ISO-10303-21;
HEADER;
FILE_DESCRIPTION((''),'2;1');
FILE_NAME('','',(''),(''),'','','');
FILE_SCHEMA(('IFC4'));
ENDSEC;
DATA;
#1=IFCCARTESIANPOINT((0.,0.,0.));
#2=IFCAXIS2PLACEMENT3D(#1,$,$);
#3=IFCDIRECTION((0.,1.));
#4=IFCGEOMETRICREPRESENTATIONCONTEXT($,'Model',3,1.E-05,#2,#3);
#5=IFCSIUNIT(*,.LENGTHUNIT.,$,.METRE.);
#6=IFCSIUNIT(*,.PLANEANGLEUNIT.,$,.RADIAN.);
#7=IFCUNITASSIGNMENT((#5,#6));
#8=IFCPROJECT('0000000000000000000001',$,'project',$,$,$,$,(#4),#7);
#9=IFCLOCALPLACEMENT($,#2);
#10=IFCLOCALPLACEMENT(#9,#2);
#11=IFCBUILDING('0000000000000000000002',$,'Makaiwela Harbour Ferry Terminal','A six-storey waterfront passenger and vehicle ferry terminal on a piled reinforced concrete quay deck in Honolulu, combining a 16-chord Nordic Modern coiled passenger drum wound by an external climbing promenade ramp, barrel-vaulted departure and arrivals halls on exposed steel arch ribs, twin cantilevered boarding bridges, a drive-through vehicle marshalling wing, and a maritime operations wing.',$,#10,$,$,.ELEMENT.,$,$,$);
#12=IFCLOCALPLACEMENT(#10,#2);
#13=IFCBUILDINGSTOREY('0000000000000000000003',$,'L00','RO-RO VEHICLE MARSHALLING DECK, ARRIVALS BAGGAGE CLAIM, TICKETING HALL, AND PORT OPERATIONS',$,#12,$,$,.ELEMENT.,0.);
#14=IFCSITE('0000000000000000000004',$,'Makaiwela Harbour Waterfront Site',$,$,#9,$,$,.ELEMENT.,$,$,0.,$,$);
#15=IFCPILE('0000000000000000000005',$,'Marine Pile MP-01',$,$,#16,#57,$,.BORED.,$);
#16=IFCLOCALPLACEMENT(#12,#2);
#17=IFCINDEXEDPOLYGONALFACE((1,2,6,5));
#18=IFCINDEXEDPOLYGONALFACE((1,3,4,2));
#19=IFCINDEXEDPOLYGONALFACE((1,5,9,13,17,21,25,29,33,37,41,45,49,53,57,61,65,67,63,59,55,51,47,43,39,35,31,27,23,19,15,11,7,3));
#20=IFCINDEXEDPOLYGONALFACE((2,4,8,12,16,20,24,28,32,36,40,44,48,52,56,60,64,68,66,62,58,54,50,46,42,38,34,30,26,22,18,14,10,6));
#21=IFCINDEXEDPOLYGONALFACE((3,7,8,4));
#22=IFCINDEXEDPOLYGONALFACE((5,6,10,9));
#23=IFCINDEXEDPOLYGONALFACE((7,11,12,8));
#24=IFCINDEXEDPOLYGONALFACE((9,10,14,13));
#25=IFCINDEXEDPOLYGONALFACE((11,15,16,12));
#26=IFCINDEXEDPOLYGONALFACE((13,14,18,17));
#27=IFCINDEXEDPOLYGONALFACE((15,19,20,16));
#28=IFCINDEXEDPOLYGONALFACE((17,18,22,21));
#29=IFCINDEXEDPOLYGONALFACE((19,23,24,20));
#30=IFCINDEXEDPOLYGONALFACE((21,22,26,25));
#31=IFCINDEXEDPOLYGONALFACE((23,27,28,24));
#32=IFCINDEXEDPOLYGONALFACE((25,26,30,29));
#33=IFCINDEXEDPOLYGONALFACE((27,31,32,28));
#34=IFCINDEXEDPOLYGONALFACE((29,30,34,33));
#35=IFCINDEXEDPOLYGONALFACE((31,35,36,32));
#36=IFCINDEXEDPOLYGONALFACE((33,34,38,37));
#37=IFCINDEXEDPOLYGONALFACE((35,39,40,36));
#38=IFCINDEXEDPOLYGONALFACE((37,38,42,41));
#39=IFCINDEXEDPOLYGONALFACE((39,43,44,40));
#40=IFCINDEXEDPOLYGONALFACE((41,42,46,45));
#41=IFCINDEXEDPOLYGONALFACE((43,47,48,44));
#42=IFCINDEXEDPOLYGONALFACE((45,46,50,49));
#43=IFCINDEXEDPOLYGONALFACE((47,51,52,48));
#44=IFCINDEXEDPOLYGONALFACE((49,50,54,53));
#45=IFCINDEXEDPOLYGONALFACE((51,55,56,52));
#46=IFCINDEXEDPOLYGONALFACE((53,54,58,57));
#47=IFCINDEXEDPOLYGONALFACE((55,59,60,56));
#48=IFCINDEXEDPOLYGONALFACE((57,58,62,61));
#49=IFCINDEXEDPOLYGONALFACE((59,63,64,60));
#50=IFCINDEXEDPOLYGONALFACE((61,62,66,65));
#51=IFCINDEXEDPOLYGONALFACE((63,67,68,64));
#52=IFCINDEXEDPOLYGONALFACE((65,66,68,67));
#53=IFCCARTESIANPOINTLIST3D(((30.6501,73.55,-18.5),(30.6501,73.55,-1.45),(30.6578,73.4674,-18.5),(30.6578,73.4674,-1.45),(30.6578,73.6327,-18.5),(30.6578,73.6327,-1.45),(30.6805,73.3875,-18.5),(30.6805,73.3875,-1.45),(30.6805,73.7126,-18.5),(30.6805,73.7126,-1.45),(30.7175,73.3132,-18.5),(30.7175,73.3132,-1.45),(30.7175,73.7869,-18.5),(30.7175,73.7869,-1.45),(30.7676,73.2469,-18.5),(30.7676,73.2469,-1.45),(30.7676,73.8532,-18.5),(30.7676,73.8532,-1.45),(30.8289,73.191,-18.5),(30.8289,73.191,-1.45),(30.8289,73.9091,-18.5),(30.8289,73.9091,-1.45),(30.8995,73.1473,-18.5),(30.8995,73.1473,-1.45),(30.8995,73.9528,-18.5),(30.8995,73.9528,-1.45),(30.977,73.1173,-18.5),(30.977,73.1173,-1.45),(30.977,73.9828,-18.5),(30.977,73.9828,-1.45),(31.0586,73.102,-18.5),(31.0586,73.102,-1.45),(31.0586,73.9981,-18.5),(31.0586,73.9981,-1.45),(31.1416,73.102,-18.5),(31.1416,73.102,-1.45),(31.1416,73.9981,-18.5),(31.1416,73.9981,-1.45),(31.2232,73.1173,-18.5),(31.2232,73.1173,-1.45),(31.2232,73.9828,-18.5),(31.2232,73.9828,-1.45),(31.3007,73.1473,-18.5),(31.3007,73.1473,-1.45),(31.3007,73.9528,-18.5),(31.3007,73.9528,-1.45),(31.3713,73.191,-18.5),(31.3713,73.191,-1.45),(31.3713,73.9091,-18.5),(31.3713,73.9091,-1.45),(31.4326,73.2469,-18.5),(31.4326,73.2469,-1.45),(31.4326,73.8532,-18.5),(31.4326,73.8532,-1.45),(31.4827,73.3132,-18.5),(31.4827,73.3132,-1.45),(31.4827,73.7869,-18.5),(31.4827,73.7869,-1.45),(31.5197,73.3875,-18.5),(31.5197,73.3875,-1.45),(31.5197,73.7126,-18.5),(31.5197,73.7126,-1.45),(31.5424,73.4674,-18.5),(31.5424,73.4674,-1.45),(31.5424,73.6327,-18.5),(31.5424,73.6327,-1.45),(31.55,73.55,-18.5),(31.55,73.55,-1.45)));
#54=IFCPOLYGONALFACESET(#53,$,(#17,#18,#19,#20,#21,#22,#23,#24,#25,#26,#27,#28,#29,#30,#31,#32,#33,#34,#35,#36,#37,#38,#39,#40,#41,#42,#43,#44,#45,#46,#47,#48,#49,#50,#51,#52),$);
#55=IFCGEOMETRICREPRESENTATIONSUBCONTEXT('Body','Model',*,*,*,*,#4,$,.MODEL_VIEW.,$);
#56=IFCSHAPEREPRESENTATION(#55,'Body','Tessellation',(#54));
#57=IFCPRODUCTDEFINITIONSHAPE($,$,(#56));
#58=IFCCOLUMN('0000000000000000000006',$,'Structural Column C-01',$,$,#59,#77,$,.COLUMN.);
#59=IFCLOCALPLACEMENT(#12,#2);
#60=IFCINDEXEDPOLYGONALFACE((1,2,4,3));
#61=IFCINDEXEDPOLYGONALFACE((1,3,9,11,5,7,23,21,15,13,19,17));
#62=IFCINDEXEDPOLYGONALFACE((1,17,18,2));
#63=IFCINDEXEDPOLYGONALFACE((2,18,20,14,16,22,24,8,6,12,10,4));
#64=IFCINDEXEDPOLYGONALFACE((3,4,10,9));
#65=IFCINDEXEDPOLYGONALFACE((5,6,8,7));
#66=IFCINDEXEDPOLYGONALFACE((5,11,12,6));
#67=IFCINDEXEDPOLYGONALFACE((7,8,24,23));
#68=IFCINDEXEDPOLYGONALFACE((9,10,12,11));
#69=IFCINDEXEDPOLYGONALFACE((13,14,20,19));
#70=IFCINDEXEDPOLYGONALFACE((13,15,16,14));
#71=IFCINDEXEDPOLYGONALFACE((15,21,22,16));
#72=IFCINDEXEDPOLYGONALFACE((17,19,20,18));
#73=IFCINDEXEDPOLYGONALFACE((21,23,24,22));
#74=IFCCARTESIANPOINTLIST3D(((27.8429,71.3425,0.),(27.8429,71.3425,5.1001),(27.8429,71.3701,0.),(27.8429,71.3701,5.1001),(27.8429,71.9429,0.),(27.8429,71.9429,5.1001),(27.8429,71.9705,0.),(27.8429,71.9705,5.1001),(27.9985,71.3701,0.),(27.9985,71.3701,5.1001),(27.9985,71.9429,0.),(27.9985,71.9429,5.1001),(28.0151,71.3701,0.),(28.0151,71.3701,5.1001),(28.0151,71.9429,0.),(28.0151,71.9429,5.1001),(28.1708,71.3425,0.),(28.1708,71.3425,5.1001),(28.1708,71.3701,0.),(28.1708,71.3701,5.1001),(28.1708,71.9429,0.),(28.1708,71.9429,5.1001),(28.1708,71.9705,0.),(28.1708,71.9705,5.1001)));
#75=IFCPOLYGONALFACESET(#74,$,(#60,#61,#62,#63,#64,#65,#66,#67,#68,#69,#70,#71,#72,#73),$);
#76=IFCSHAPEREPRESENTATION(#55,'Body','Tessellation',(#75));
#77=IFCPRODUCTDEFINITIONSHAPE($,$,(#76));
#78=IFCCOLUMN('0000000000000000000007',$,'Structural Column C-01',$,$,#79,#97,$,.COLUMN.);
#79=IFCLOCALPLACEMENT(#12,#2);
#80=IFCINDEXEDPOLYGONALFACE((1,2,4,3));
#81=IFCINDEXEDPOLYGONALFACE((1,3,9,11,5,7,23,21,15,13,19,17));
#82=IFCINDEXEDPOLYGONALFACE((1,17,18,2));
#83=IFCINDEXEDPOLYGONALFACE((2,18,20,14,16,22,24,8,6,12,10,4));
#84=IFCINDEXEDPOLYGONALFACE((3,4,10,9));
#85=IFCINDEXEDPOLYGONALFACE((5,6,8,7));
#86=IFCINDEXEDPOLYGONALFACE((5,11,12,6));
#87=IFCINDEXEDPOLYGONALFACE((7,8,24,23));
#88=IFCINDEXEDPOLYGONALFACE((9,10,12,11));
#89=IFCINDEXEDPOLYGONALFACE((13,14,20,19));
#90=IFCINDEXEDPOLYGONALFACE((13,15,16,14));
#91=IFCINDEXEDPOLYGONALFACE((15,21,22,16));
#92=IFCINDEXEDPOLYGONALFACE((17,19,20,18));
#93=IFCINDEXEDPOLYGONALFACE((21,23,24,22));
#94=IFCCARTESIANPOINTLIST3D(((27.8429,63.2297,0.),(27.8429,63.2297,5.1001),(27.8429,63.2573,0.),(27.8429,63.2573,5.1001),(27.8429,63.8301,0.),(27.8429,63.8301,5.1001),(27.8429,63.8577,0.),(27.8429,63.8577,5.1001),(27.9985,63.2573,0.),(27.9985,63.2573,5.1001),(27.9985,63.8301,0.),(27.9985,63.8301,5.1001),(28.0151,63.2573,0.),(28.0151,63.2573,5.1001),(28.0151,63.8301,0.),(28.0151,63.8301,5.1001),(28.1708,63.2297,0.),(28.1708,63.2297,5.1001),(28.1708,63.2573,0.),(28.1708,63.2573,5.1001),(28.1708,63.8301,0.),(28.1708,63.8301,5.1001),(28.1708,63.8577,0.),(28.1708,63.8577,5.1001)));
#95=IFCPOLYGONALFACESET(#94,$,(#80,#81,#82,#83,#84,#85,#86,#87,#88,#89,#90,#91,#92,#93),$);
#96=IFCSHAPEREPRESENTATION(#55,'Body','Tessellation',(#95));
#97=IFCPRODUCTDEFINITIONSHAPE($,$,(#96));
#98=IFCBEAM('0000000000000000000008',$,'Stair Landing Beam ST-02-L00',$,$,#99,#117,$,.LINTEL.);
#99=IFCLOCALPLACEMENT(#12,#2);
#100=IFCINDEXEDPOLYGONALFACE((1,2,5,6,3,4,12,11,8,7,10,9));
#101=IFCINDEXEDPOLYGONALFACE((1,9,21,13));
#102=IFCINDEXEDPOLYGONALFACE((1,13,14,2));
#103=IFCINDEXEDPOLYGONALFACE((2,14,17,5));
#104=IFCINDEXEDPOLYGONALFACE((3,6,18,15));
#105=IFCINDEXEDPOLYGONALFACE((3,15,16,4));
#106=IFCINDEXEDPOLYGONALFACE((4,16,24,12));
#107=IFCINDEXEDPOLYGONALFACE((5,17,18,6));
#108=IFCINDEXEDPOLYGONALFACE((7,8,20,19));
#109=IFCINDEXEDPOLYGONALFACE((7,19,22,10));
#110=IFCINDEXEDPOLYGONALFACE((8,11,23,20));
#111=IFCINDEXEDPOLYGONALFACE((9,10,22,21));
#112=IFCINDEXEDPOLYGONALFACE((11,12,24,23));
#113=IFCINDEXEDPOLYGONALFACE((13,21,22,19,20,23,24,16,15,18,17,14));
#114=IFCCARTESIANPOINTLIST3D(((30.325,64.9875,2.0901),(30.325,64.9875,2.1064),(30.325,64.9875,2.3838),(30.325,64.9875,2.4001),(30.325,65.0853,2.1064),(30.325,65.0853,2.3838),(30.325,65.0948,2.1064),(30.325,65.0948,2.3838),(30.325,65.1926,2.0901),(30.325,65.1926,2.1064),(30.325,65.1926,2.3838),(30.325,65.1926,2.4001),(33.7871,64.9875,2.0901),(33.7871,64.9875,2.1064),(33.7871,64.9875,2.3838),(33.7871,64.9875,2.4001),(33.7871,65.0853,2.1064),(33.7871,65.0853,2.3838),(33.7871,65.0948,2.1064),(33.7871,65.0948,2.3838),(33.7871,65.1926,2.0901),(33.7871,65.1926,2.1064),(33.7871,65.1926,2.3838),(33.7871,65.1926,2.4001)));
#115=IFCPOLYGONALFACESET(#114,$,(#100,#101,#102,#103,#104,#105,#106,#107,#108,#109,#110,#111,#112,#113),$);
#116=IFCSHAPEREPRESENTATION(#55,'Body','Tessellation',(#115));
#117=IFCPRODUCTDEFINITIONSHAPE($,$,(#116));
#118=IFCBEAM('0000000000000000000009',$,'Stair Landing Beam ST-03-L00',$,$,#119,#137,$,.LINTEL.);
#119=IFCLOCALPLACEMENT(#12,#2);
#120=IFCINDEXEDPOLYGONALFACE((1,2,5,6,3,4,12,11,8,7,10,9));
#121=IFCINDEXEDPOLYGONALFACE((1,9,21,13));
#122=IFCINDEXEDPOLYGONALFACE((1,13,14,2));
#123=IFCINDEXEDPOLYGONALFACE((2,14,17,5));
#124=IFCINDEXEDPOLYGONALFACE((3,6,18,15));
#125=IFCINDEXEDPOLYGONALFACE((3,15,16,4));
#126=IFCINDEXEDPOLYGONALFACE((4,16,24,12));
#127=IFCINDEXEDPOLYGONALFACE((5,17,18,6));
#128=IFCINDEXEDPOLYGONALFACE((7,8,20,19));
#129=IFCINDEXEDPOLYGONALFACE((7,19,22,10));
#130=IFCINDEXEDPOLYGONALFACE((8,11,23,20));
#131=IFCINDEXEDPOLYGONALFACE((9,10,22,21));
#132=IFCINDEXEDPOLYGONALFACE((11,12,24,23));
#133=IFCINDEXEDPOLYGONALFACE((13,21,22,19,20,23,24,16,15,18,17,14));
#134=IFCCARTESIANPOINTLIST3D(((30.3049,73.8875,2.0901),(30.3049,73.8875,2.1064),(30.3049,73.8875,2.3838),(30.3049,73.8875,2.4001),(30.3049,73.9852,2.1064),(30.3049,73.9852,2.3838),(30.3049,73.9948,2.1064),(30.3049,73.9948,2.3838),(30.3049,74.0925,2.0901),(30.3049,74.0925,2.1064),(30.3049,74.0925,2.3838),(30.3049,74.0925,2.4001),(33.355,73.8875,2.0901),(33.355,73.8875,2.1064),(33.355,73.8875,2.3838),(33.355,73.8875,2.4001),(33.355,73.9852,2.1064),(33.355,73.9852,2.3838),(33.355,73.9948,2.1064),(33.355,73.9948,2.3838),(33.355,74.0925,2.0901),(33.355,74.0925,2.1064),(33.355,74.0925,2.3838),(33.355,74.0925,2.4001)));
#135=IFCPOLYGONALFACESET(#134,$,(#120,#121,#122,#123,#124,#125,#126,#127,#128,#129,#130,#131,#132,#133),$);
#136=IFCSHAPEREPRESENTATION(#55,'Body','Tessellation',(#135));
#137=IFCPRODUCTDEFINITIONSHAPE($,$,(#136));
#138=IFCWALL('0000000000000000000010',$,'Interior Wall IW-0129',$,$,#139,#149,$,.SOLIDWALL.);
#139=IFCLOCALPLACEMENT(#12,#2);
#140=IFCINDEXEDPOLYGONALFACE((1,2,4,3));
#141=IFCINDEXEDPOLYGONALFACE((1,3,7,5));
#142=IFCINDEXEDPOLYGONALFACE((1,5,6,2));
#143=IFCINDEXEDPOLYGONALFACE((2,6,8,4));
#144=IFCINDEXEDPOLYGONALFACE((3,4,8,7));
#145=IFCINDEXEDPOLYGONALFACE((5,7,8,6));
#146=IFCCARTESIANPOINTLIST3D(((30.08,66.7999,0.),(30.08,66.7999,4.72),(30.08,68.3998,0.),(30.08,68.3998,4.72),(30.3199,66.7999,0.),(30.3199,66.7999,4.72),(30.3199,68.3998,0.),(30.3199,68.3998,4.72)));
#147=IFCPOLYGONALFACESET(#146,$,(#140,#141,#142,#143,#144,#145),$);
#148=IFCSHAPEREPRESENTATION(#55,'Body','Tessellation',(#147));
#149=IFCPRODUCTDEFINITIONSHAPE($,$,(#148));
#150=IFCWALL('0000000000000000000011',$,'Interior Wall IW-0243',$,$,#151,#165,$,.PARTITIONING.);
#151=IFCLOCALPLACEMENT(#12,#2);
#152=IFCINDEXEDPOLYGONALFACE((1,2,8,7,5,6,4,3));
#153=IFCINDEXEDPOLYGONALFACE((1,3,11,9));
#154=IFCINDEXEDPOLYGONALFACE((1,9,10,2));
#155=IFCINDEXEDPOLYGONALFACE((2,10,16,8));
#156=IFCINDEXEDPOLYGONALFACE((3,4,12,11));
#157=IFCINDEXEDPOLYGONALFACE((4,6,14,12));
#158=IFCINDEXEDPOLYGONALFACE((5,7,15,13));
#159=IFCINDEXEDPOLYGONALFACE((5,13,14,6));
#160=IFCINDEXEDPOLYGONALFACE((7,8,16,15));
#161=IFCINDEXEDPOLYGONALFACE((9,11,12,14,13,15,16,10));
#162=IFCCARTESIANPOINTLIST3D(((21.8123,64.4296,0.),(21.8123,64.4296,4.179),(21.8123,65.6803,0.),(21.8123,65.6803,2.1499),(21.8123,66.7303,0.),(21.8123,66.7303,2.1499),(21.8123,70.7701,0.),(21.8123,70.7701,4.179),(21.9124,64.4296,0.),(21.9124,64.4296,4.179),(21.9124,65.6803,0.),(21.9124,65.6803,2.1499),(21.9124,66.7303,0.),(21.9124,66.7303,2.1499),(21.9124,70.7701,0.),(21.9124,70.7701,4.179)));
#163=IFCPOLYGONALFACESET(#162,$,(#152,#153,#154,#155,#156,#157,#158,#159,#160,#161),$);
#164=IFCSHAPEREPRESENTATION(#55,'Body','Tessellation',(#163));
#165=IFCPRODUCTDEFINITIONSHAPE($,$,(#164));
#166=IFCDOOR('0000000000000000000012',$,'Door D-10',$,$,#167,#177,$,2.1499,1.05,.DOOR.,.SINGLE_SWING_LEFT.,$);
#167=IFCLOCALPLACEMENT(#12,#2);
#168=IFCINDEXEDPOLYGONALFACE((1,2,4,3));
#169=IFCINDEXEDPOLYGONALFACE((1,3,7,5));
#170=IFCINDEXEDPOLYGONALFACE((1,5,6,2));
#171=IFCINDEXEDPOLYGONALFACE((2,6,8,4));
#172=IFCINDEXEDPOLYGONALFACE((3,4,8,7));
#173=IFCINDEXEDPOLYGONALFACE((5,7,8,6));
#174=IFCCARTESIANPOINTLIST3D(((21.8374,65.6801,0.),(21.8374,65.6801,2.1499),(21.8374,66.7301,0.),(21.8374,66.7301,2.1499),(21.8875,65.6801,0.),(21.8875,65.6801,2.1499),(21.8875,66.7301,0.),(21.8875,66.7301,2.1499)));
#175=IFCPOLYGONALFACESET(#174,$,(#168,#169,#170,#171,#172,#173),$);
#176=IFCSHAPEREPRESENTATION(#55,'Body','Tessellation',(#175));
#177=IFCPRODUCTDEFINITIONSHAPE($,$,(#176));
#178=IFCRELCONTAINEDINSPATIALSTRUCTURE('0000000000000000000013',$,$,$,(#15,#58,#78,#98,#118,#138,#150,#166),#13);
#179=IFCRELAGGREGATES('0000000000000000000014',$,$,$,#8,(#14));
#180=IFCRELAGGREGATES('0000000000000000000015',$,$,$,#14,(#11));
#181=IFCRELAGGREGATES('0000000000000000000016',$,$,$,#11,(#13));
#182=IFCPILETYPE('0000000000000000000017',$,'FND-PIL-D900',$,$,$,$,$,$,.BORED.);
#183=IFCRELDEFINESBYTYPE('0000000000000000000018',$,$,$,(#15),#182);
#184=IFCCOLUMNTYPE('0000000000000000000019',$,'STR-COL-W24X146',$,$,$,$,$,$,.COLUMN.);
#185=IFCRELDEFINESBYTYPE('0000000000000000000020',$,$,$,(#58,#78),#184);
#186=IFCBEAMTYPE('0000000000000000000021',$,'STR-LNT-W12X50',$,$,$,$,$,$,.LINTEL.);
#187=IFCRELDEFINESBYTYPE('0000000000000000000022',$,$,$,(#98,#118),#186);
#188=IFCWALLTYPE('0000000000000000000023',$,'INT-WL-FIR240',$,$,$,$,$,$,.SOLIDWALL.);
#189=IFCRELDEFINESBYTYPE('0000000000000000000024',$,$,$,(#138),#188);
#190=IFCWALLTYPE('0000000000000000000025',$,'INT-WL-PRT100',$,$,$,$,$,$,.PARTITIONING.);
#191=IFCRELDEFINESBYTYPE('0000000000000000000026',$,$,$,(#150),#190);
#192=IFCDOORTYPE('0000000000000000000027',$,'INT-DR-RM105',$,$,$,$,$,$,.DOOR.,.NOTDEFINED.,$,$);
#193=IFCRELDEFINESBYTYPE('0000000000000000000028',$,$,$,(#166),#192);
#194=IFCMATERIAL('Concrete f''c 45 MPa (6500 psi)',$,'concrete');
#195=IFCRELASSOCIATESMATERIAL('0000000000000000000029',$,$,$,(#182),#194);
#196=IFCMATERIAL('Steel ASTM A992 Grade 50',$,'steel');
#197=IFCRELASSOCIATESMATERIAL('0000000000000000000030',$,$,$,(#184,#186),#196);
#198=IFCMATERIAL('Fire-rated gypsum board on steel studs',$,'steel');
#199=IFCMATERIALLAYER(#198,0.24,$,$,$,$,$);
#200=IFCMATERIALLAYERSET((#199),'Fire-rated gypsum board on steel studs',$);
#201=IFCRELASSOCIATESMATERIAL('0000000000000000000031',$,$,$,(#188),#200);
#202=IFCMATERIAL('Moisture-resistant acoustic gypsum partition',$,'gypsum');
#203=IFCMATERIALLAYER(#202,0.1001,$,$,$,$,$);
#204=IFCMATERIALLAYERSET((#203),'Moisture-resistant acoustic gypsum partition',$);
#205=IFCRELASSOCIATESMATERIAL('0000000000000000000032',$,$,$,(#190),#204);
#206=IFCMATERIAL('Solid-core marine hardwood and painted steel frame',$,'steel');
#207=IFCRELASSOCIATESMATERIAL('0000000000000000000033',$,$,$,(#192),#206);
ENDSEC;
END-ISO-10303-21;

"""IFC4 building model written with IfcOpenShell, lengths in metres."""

from ifc_helpers import new_model, si_unit, direction, frame, frame_2d, origin, origin_2d, place, context, subcontext, project, spatial, rectangle, circle, i_section, extrude, material, layer, layer_set, material_profile, profile_set, type_object, element, fill, save


model = new_model("IFC4")

# Units and contexts
model_context = context("Model", 3, precision=1e-05, world=origin(), true_north=direction((0.0, 1.0)))
body_context = subcontext(model_context, "Body", "Model", "MODEL_VIEW")
ifc_project = project(units=[si_unit("LENGTHUNIT", "METRE"), si_unit("PLANEANGLEUNIT", "RADIAN")], contexts=[model_context])

# Site, building, storey
site_placement = place(None, origin())
site = spatial("IfcSite", under=ifc_project, at=site_placement, Name="Makaiwela Harbour Waterfront Site", CompositionType="ELEMENT", RefElevation=0.0)
building_placement = place(site_placement, origin())
building = spatial("IfcBuilding", under=site, at=building_placement, Name="Makaiwela Harbour Ferry Terminal", Description="A six-storey waterfront passenger and vehicle ferry terminal on a piled reinforced concrete quay deck in Honolulu, combining a 16-chord Nordic Modern coiled passenger drum wound by an external climbing promenade ramp, barrel-vaulted departure and arrivals halls on exposed steel arch ribs, twin cantilevered boarding bridges, a drive-through vehicle marshalling wing, and a maritime operations wing.", CompositionType="ELEMENT")
storey_placement = place(building_placement, origin())
storey = spatial("IfcBuildingStorey", under=building, at=storey_placement, Name="L00", Description="RO-RO VEHICLE MARSHALLING DECK, ARRIVALS BAGGAGE CLAIM, TICKETING HALL, AND PORT OPERATIONS", CompositionType="ELEMENT", Elevation=0.0)

# Shared definitions
ifc_material_1 = material(Name="Concrete f'c 45 MPa (6500 psi)", Category="concrete")

# Pile
ifc_material_profile_1 = material_profile(ifc_material_1, circle(Radius=0.45, at=origin_2d()), Name="PILE-D900")
ifc_profile_set_1 = profile_set([ifc_material_profile_1], Name="Concrete f'c 45 MPa (6500 psi)")
pile_type_1 = type_object("IfcPileType", Name="FND-PIL-D900", PredefinedType="BORED", material=ifc_profile_set_1)
for number, where, z_axis, x_axis, name in (
    (1, (31.1001, 73.55, -1.45), (0.0, 0.0, -1.0), (1.0, 0.0, 0.0), "Marine Pile MP-01"),
):
    element("IfcPile", number, at=place(storey_placement, frame(where, z_axis=z_axis, x_axis=x_axis)), inside=storey, type_object=pile_type_1, Name=name, PredefinedType="BORED", context=body_context, shape_type="SweptSolid", body=[
        extrude(circle(Radius=0.45, at=origin_2d()), origin(), (0.0, 0.0, 1.0), 17.05),
    ])

# Columns
ifc_material_2 = material(Name="Steel ASTM A992 Grade 50", Category="steel")
ifc_material_profile_2 = material_profile(ifc_material_2, i_section(OverallWidth=0.3279, OverallDepth=0.6279, WebThickness=0.0166, FlangeThickness=0.0276, at=origin_2d()), Name="W24X146")
ifc_profile_set_2 = profile_set([ifc_material_profile_2], Name="Steel ASTM A992 Grade 50")
column_type = type_object("IfcColumnType", Name="STR-COL-W24X146", PredefinedType="COLUMN", material=ifc_profile_set_2)
for number, where, z_axis, x_axis, name in (
    (2, (28.0068, 71.6565, 0.0), (0.0, 0.0, 1.0), (1.0, 0.0, 0.0), "Structural Column C-01"),
    (3, (28.0068, 63.5437, 0.0), (0.0, 0.0, 1.0), (1.0, 0.0, 0.0), "Structural Column C-01"),
):
    element("IfcColumn", number, at=place(storey_placement, frame(where, z_axis=z_axis, x_axis=x_axis)), inside=storey, type_object=column_type, Name=name, PredefinedType="COLUMN", context=body_context, shape_type="SweptSolid", body=[
        extrude(i_section(OverallWidth=0.3279, OverallDepth=0.6279, WebThickness=0.0166, FlangeThickness=0.0276, at=origin_2d()), origin(), (0.0, 0.0, 1.0), 5.1001),
    ])

# Beams
ifc_material_profile_3 = material_profile(ifc_material_2, i_section(OverallWidth=0.2051, OverallDepth=0.3101, WebThickness=0.0095, FlangeThickness=0.0164, at=origin_2d()), Name="W12X50")
ifc_profile_set_3 = profile_set([ifc_material_profile_3], Name="Steel ASTM A992 Grade 50")
beam_type = type_object("IfcBeamType", Name="STR-LNT-W12X50", PredefinedType="LINTEL", material=ifc_profile_set_3)
beam_1_placement = place(storey_placement, frame((30.325, 65.0901, 2.2451), z_axis=(1.0, 0.0, 0.0), x_axis=(0.0, 1.0, 0.0)))
element("IfcBeam", 4, at=beam_1_placement, inside=storey, type_object=beam_type, Name="Stair Landing Beam ST-02-L00", PredefinedType="LINTEL", context=body_context, shape_type="SweptSolid", body=[
    extrude(i_section(OverallWidth=0.2051, OverallDepth=0.3101, WebThickness=0.0095, FlangeThickness=0.0164, at=origin_2d()), origin(), (0.0, 0.0, 1.0), 3.4622),
])
beam_2_placement = place(storey_placement, frame((30.3049, 73.99, 2.2451), z_axis=(1.0, 0.0, 0.0), x_axis=(0.0, 1.0, 0.0)))
element("IfcBeam", 5, at=beam_2_placement, inside=storey, type_object=beam_type, Name="Stair Landing Beam ST-03-L00", PredefinedType="LINTEL", context=body_context, shape_type="SweptSolid", body=[
    extrude(i_section(OverallWidth=0.2051, OverallDepth=0.3101, WebThickness=0.0095, FlangeThickness=0.0164, at=origin_2d()), origin(), (0.0, 0.0, 1.0), 3.05),
])

# Wall
ifc_material_3 = material(Name="Fire-rated gypsum board on steel studs", Category="steel")
ifc_layer_1 = layer(ifc_material_3, 0.24)
ifc_layer_set_1 = layer_set([ifc_layer_1], Name="Fire-rated gypsum board on steel studs")
wall_type_1 = type_object("IfcWallType", Name="INT-WL-FIR240", PredefinedType="SOLIDWALL", material=ifc_layer_set_1)
wall_1_placement = place(storey_placement, frame((30.2, 66.8, 0.0), z_axis=(0.0, 0.0, 1.0), x_axis=(0.0, 1.0, 0.0)))
element("IfcWall", 6, at=wall_1_placement, inside=storey, type_object=wall_type_1, Name="Interior Wall IW-0129", PredefinedType="SOLIDWALL", context=body_context, shape_type="SweptSolid", body=[
    extrude(rectangle(XDim=1.5999, YDim=0.24, at=frame_2d((0.7998, 0.0))), origin(), (0.0, 0.0, 1.0), 4.72),
])

# Wall, opening, door
ifc_material_4 = material(Name="Moisture-resistant acoustic gypsum partition", Category="gypsum")
ifc_layer_2 = layer(ifc_material_4, 0.1001)
ifc_layer_set_2 = layer_set([ifc_layer_2], Name="Moisture-resistant acoustic gypsum partition")
wall_type_2 = type_object("IfcWallType", Name="INT-WL-PRT100", PredefinedType="PARTITIONING", material=ifc_layer_set_2)
wall_2_placement = place(storey_placement, frame((21.8623, 70.7703, 0.0), z_axis=(0.0, 0.0, 1.0), x_axis=(0.0, -1.0, 0.0)))
wall_2 = element("IfcWall", 7, at=wall_2_placement, inside=storey, type_object=wall_type_2, Name="Interior Wall IW-0243", PredefinedType="PARTITIONING", context=body_context, shape_type="SweptSolid", body=[
    extrude(rectangle(XDim=6.3406, YDim=0.1001, at=frame_2d((3.1704, 0.0))), origin(), (0.0, 0.0, 1.0), 4.179),
])
opening_1_placement = place(wall_2_placement, frame((4.04, 0.0, 0.0)))
opening_1 = element("IfcOpeningElement", 8, at=opening_1_placement, cuts=wall_2, PredefinedType="OPENING", context=body_context, shape_type="SweptSolid", body=[
    extrude(rectangle(XDim=1.05, YDim=2.1499, at=frame_2d((0.5249, 1.075))), frame((0.0, 0.0601, 0.0), z_axis=(0.0, -1.0, 0.0), x_axis=(1.0, 0.0, 0.0)), (0.0, 0.0, 1.0), 0.1201),
])
ifc_material_5 = material(Name="Solid-core marine hardwood and painted steel frame", Category="steel")
door_type_1 = type_object("IfcDoorType", Name="INT-DR-RM105", OperationType="NOTDEFINED", PredefinedType="DOOR", material=ifc_material_5)
door_1_placement = place(opening_1_placement, frame((1.05, 0.0, 0.0), z_axis=(0.0, 0.0, 1.0), x_axis=(-1.0, 0.0, 0.0)))
door_1 = element("IfcDoor", 9, at=door_1_placement, inside=storey, type_object=door_type_1, Name="Door D-10", OperationType="SINGLE_SWING_LEFT", OverallHeight=2.1499, OverallWidth=1.05, PredefinedType="DOOR", context=body_context, shape_type="SweptSolid", body=[
    extrude(rectangle(XDim=1.05, YDim=2.1499, at=frame_2d((0.5249, 1.075))), frame((0.0, 0.0249, 0.0), z_axis=(0.0, -1.0, 0.0), x_axis=(1.0, 0.0, 0.0)), (0.0, 0.0, 1.0), 0.05),
])
fill(opening_1, door_1)

save(model, "model.ifc")
